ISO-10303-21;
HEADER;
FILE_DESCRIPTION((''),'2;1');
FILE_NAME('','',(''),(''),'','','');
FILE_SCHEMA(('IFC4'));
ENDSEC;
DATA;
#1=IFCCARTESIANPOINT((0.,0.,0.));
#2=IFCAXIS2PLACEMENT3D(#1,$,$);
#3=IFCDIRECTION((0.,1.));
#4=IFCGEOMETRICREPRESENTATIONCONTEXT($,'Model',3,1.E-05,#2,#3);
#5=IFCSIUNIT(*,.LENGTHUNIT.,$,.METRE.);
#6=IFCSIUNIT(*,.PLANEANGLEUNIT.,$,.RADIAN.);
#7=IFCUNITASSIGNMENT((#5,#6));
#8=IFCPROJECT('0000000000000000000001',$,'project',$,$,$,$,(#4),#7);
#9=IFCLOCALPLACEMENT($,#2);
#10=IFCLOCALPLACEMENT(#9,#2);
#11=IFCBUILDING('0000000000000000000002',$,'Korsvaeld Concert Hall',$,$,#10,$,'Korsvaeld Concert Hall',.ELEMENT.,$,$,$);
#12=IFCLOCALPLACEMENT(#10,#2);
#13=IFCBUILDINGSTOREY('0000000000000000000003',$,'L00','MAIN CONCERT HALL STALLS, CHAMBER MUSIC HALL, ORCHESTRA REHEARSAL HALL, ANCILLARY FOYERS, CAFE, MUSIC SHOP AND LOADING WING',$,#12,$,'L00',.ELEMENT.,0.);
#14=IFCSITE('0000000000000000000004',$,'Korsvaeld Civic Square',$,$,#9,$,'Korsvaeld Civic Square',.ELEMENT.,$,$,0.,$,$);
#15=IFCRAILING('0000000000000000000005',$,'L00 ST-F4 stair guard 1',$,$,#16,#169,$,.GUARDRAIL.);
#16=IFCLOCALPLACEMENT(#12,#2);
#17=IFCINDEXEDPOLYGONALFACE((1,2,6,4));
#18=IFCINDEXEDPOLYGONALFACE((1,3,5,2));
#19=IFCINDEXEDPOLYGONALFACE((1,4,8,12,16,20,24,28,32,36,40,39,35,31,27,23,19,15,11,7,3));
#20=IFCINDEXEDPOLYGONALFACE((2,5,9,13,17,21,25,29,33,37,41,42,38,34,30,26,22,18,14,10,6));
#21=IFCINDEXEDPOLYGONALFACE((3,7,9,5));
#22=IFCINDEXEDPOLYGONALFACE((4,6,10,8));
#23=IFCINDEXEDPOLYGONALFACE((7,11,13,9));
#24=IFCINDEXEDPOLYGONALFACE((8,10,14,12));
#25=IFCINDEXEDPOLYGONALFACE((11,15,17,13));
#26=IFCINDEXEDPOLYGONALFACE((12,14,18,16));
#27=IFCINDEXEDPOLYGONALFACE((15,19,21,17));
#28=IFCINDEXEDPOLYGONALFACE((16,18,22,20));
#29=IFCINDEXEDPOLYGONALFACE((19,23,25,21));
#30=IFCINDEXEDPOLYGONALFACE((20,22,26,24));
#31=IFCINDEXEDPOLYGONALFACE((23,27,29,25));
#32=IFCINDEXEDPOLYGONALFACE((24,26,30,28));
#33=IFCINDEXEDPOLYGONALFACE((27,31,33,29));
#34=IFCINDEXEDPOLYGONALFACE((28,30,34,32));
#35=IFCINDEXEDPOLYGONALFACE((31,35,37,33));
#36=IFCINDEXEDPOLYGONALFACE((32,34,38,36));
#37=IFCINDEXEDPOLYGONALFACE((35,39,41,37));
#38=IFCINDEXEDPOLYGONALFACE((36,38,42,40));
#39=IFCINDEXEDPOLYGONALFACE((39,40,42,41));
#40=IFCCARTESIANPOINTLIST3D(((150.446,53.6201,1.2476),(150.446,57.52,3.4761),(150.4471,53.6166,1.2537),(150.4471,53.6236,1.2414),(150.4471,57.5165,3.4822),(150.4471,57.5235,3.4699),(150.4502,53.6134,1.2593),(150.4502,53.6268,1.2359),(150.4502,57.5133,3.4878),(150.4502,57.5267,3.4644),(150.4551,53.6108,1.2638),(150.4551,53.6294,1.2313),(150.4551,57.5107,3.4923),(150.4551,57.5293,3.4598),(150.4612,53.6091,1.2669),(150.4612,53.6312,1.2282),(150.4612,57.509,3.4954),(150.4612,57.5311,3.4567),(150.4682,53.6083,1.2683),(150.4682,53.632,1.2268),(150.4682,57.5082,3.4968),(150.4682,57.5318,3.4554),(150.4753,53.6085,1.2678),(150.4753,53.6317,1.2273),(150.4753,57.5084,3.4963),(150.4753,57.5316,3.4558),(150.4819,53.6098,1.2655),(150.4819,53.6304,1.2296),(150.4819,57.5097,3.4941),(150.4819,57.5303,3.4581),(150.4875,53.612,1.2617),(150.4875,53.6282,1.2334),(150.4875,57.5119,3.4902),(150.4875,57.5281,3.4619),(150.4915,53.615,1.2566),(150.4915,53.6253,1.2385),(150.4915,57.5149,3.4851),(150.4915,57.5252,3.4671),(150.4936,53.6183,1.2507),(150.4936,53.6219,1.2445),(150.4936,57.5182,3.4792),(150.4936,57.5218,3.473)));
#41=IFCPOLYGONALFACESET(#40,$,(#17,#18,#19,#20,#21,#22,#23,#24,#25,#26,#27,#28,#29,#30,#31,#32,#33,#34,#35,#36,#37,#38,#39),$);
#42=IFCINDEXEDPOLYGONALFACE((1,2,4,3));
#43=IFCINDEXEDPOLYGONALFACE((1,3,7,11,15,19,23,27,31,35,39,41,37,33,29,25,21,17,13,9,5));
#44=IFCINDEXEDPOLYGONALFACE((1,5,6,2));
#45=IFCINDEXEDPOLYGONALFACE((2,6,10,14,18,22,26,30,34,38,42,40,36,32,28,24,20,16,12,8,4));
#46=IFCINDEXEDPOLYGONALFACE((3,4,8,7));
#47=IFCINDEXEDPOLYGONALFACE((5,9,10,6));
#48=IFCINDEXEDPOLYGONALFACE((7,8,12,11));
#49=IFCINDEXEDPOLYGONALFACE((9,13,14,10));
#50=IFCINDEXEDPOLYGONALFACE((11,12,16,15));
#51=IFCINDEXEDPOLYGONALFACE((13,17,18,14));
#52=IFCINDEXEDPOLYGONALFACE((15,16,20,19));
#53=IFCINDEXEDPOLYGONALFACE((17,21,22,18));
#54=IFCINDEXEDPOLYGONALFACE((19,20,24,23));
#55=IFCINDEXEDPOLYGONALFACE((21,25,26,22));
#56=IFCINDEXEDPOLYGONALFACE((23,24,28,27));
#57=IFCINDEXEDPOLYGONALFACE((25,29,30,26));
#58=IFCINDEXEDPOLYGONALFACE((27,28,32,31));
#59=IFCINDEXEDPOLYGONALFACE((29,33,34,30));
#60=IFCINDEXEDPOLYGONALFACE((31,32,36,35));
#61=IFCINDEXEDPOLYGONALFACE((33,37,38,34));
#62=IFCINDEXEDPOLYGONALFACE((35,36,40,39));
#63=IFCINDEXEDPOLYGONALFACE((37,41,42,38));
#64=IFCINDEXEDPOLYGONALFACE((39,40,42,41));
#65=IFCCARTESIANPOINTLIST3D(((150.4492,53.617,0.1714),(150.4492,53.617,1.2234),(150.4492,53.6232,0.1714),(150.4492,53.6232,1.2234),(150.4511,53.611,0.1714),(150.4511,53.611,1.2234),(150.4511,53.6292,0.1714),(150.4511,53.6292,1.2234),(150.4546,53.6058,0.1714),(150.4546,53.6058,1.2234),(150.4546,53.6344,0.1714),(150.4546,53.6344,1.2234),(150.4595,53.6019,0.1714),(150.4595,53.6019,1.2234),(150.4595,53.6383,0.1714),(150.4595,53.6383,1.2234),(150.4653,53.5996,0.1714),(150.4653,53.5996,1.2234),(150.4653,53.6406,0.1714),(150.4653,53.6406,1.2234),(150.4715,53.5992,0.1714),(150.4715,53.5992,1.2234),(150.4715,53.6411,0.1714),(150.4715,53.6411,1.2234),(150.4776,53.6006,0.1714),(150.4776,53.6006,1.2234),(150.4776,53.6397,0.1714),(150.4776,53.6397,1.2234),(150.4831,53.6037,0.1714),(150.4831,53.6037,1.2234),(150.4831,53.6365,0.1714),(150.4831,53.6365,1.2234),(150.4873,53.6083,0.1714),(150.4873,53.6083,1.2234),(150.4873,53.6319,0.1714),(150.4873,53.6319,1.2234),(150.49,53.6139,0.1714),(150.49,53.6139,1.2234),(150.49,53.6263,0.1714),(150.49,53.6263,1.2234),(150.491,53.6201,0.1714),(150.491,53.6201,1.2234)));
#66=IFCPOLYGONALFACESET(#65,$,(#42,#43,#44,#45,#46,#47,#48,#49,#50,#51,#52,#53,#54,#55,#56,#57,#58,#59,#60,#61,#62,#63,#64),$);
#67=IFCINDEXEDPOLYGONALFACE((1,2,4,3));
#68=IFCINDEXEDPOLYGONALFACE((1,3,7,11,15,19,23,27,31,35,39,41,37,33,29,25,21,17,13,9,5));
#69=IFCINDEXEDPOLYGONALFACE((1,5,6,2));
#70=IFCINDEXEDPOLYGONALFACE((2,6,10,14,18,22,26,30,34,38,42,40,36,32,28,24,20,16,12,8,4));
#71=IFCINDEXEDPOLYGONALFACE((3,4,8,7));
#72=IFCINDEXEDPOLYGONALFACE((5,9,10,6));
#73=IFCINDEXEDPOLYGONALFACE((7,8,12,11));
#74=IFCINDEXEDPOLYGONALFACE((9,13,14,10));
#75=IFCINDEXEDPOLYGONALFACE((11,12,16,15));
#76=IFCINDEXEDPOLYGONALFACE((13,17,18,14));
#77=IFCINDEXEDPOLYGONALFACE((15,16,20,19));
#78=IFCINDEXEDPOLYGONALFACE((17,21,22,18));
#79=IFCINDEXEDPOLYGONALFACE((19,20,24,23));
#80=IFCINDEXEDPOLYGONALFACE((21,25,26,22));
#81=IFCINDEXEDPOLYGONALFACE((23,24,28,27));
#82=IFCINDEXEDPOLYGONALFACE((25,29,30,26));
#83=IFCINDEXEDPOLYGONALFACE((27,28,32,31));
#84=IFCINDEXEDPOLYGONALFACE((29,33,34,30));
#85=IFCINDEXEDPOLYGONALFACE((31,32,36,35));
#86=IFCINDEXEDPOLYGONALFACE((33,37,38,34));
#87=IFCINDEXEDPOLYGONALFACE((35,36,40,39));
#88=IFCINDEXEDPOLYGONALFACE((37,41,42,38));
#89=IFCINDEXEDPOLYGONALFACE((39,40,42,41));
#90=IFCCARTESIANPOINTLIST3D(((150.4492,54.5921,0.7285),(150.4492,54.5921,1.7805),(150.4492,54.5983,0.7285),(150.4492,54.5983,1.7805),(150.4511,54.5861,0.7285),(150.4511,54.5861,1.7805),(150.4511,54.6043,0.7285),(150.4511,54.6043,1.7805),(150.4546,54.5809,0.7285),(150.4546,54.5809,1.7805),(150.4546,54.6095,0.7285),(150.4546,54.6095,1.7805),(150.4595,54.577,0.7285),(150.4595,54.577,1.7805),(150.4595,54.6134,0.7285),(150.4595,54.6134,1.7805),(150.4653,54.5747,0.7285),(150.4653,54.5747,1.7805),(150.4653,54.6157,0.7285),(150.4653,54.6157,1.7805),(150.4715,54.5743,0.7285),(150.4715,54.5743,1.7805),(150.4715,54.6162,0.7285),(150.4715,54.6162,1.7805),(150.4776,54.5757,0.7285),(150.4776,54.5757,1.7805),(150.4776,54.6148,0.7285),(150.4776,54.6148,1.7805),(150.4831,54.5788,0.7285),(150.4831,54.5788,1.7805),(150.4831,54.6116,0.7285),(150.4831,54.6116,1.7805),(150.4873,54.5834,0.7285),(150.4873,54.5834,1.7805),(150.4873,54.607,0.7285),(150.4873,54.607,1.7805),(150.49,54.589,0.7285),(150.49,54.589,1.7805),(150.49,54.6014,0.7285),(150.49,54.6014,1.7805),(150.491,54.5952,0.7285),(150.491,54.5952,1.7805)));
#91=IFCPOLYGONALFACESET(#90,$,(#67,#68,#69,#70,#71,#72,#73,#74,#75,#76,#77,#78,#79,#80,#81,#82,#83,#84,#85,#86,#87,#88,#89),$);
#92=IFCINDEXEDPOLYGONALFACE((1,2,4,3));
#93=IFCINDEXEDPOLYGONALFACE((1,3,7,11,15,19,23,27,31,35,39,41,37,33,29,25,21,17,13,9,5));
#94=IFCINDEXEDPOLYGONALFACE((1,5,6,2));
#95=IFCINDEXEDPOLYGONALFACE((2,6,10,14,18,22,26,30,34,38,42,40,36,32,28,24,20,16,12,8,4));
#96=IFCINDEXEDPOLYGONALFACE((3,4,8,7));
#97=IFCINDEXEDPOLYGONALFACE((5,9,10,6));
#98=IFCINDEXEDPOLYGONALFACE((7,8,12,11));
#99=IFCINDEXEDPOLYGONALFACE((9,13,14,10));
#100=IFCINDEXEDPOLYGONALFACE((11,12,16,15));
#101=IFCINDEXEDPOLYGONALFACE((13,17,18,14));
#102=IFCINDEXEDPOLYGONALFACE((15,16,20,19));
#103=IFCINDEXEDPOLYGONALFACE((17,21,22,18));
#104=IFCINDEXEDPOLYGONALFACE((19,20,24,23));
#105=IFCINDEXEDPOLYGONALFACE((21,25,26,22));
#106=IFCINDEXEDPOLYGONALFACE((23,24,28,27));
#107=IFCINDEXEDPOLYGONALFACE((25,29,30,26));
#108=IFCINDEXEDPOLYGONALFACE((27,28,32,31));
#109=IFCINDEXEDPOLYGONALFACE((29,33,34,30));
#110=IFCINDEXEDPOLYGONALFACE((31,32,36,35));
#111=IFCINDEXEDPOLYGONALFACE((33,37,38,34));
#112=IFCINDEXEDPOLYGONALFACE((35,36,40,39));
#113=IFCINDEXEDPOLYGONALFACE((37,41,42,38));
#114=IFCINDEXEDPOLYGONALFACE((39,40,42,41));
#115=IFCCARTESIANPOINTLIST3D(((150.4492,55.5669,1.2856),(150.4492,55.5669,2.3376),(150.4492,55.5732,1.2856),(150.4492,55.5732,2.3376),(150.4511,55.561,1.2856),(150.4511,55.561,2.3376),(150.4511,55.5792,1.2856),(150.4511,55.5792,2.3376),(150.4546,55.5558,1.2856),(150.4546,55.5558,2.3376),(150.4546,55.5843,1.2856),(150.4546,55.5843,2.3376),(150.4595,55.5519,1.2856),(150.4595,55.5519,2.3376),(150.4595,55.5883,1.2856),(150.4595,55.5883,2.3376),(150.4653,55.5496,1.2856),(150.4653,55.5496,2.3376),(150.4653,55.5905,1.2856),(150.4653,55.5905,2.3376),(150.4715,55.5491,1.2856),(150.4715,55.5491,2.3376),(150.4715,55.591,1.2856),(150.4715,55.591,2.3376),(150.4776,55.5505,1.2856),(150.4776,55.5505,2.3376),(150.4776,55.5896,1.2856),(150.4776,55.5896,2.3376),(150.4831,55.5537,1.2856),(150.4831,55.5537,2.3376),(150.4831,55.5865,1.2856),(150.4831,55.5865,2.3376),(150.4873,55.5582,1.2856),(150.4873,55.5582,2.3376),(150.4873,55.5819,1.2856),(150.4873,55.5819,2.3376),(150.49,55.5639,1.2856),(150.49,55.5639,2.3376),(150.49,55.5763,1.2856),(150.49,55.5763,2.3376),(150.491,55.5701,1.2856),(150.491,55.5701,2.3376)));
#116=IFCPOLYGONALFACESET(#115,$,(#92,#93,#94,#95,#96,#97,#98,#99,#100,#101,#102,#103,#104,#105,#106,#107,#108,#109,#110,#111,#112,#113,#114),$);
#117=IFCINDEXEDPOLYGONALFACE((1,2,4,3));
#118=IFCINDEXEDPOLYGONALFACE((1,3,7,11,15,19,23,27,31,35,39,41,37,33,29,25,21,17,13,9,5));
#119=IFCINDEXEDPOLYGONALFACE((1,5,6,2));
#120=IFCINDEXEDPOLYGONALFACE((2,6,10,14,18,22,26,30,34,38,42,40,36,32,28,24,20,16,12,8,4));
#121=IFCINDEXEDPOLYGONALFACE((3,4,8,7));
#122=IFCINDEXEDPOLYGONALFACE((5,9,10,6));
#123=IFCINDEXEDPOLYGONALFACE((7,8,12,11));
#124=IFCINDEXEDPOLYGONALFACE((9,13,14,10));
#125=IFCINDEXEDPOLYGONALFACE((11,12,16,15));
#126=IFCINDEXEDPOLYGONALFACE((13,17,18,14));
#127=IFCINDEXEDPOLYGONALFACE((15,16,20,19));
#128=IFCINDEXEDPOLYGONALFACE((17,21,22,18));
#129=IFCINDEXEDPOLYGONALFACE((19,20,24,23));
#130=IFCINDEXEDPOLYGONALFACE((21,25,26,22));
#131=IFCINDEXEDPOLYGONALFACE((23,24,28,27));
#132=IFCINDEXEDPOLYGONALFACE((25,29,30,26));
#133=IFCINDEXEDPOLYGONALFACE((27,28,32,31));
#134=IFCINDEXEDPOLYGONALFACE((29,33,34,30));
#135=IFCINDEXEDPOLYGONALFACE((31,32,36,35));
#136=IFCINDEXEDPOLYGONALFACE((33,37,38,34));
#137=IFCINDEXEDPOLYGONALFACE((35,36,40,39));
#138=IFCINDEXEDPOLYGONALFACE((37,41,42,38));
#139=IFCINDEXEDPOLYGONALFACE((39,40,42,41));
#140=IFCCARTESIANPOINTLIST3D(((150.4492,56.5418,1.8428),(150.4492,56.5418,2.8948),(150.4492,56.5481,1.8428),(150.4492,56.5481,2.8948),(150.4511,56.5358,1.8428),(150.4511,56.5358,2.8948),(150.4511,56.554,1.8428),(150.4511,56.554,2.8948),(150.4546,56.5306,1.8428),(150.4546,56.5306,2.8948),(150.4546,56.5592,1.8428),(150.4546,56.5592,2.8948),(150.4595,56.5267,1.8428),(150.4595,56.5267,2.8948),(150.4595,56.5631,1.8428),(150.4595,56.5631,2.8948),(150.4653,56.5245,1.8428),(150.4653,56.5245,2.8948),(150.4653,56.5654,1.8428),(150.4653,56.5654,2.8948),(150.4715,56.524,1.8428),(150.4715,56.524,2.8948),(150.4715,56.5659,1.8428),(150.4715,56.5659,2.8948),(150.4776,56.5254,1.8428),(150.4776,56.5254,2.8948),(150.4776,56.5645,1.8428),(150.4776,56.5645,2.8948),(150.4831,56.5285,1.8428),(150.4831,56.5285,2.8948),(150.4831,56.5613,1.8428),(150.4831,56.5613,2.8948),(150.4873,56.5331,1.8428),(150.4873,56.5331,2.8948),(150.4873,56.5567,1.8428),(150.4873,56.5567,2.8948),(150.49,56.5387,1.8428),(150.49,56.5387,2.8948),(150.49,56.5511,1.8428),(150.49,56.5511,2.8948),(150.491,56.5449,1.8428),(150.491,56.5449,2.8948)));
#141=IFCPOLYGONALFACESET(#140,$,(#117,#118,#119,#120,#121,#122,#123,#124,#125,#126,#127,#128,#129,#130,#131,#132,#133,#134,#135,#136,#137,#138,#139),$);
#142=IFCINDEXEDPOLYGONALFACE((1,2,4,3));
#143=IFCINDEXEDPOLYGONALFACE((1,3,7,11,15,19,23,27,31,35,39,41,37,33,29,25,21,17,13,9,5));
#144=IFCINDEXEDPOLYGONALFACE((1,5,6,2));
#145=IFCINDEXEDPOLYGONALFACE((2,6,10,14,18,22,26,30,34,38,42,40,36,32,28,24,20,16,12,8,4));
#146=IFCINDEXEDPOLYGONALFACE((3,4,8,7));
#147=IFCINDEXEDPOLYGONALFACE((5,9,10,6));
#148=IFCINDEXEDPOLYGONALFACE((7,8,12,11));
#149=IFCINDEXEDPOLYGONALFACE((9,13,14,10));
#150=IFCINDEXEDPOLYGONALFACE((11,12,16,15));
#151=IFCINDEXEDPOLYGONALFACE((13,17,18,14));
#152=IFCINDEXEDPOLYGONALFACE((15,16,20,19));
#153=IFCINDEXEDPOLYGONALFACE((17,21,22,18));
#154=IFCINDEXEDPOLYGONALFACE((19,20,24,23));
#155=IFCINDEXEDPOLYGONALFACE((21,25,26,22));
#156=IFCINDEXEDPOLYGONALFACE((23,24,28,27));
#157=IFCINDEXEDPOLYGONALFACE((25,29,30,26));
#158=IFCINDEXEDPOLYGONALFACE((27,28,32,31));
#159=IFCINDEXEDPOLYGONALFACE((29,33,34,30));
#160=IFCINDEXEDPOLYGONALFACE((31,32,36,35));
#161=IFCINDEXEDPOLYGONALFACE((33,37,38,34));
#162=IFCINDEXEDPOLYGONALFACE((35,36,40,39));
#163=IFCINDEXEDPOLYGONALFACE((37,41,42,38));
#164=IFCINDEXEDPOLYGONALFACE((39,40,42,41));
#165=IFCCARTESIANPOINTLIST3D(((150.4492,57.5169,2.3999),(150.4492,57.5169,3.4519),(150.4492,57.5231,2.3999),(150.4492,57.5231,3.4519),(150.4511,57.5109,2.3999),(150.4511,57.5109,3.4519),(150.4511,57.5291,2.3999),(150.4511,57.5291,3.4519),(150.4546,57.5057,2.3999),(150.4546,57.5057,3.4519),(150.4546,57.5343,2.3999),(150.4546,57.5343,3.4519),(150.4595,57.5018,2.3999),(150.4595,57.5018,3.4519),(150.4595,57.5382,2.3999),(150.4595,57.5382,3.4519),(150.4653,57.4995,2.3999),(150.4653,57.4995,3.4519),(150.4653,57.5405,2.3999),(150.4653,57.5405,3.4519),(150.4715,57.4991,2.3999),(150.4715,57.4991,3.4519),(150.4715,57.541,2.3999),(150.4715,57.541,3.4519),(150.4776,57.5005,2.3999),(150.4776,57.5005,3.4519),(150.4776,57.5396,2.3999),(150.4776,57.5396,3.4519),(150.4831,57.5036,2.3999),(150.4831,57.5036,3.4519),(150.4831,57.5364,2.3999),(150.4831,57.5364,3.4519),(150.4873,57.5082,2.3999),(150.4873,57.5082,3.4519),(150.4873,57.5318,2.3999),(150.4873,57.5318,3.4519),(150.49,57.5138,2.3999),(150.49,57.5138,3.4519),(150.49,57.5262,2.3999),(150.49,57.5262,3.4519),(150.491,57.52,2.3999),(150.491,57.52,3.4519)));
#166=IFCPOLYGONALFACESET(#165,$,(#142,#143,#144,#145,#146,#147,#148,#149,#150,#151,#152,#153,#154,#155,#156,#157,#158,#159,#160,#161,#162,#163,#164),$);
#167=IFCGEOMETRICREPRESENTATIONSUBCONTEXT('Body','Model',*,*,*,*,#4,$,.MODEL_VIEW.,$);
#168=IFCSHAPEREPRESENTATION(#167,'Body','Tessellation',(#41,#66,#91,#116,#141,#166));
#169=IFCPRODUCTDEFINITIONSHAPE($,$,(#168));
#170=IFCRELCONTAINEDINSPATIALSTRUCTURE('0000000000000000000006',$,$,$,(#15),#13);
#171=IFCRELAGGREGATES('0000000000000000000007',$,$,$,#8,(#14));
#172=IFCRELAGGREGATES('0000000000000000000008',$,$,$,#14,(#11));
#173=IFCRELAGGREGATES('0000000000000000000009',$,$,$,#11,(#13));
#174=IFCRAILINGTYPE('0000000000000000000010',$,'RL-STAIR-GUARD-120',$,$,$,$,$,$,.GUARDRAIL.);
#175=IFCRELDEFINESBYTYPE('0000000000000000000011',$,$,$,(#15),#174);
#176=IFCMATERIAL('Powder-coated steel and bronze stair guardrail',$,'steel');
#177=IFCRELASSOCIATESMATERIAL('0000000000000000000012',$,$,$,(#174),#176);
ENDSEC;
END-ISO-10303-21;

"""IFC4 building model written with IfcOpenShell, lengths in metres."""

from ifc_helpers import new_model, si_unit, direction, frame, origin, origin_2d, place, context, subcontext, project, spatial, circle, extrude, material, type_object, element, save


model = new_model("IFC4")

# Units and contexts
model_context = context("Model", 3, precision=1e-05, world=origin(), true_north=direction((0.0, 1.0)))
body_context = subcontext(model_context, "Body", "Model", "MODEL_VIEW")
ifc_project = project(units=[si_unit("LENGTHUNIT", "METRE"), si_unit("PLANEANGLEUNIT", "RADIAN")], contexts=[model_context])

# Site, building, storey
site_placement = place(None, origin())
site = spatial("IfcSite", under=ifc_project, at=site_placement, Name="Korsvaeld Civic Square", LongName="Korsvaeld Civic Square", CompositionType="ELEMENT", RefElevation=0.0)
building_placement = place(site_placement, origin())
building = spatial("IfcBuilding", under=site, at=building_placement, Name="Korsvaeld Concert Hall", LongName="Korsvaeld Concert Hall", CompositionType="ELEMENT")
storey_placement = place(building_placement, origin())
storey = spatial("IfcBuildingStorey", under=building, at=storey_placement, Name="L00", Description="MAIN CONCERT HALL STALLS, CHAMBER MUSIC HALL, ORCHESTRA REHEARSAL HALL, ANCILLARY FOYERS, CAFE, MUSIC SHOP AND LOADING WING", LongName="L00", CompositionType="ELEMENT", Elevation=0.0)

# Railing
ifc_material_1 = material(Name="Powder-coated steel and bronze stair guardrail", Category="steel")
railing_type_1 = type_object("IfcRailingType", Name="RL-STAIR-GUARD-120", PredefinedType="GUARDRAIL", material=ifc_material_1)
railing_1_placement = place(storey_placement, frame((150.47, 53.6201, 0.1714)))
element("IfcRailing", 1, at=railing_1_placement, inside=storey, type_object=railing_type_1, Name="L00 ST-F4 stair guard 1", PredefinedType="GUARDRAIL", context=body_context, shape_type="SweptSolid", body=[
    extrude(circle(Radius=0.0239, at=origin_2d()), frame((0.0, 0.0, 1.0762), z_axis=(0.0, 0.868243, 0.496139), x_axis=(-1.0, 0.0, 0.0)), (0.0, 0.0, 1.0), 4.4917),
    extrude(circle(Radius=0.021, at=origin_2d()), origin(), (0.0, 0.0, 1.0), 1.052),
    extrude(circle(Radius=0.021, at=origin_2d()), frame((0.0, 0.9751, 0.5571)), (0.0, 0.0, 1.0), 1.052),
    extrude(circle(Radius=0.021, at=origin_2d()), frame((0.0, 1.95, 1.1143)), (0.0, 0.0, 1.0), 1.052),
    extrude(circle(Radius=0.021, at=origin_2d()), frame((0.0, 2.9248, 1.6714)), (0.0, 0.0, 1.0), 1.052),
    extrude(circle(Radius=0.021, at=origin_2d()), frame((0.0, 3.8999, 2.2285)), (0.0, 0.0, 1.0), 1.052),
])

save(model, "model.ifc")
